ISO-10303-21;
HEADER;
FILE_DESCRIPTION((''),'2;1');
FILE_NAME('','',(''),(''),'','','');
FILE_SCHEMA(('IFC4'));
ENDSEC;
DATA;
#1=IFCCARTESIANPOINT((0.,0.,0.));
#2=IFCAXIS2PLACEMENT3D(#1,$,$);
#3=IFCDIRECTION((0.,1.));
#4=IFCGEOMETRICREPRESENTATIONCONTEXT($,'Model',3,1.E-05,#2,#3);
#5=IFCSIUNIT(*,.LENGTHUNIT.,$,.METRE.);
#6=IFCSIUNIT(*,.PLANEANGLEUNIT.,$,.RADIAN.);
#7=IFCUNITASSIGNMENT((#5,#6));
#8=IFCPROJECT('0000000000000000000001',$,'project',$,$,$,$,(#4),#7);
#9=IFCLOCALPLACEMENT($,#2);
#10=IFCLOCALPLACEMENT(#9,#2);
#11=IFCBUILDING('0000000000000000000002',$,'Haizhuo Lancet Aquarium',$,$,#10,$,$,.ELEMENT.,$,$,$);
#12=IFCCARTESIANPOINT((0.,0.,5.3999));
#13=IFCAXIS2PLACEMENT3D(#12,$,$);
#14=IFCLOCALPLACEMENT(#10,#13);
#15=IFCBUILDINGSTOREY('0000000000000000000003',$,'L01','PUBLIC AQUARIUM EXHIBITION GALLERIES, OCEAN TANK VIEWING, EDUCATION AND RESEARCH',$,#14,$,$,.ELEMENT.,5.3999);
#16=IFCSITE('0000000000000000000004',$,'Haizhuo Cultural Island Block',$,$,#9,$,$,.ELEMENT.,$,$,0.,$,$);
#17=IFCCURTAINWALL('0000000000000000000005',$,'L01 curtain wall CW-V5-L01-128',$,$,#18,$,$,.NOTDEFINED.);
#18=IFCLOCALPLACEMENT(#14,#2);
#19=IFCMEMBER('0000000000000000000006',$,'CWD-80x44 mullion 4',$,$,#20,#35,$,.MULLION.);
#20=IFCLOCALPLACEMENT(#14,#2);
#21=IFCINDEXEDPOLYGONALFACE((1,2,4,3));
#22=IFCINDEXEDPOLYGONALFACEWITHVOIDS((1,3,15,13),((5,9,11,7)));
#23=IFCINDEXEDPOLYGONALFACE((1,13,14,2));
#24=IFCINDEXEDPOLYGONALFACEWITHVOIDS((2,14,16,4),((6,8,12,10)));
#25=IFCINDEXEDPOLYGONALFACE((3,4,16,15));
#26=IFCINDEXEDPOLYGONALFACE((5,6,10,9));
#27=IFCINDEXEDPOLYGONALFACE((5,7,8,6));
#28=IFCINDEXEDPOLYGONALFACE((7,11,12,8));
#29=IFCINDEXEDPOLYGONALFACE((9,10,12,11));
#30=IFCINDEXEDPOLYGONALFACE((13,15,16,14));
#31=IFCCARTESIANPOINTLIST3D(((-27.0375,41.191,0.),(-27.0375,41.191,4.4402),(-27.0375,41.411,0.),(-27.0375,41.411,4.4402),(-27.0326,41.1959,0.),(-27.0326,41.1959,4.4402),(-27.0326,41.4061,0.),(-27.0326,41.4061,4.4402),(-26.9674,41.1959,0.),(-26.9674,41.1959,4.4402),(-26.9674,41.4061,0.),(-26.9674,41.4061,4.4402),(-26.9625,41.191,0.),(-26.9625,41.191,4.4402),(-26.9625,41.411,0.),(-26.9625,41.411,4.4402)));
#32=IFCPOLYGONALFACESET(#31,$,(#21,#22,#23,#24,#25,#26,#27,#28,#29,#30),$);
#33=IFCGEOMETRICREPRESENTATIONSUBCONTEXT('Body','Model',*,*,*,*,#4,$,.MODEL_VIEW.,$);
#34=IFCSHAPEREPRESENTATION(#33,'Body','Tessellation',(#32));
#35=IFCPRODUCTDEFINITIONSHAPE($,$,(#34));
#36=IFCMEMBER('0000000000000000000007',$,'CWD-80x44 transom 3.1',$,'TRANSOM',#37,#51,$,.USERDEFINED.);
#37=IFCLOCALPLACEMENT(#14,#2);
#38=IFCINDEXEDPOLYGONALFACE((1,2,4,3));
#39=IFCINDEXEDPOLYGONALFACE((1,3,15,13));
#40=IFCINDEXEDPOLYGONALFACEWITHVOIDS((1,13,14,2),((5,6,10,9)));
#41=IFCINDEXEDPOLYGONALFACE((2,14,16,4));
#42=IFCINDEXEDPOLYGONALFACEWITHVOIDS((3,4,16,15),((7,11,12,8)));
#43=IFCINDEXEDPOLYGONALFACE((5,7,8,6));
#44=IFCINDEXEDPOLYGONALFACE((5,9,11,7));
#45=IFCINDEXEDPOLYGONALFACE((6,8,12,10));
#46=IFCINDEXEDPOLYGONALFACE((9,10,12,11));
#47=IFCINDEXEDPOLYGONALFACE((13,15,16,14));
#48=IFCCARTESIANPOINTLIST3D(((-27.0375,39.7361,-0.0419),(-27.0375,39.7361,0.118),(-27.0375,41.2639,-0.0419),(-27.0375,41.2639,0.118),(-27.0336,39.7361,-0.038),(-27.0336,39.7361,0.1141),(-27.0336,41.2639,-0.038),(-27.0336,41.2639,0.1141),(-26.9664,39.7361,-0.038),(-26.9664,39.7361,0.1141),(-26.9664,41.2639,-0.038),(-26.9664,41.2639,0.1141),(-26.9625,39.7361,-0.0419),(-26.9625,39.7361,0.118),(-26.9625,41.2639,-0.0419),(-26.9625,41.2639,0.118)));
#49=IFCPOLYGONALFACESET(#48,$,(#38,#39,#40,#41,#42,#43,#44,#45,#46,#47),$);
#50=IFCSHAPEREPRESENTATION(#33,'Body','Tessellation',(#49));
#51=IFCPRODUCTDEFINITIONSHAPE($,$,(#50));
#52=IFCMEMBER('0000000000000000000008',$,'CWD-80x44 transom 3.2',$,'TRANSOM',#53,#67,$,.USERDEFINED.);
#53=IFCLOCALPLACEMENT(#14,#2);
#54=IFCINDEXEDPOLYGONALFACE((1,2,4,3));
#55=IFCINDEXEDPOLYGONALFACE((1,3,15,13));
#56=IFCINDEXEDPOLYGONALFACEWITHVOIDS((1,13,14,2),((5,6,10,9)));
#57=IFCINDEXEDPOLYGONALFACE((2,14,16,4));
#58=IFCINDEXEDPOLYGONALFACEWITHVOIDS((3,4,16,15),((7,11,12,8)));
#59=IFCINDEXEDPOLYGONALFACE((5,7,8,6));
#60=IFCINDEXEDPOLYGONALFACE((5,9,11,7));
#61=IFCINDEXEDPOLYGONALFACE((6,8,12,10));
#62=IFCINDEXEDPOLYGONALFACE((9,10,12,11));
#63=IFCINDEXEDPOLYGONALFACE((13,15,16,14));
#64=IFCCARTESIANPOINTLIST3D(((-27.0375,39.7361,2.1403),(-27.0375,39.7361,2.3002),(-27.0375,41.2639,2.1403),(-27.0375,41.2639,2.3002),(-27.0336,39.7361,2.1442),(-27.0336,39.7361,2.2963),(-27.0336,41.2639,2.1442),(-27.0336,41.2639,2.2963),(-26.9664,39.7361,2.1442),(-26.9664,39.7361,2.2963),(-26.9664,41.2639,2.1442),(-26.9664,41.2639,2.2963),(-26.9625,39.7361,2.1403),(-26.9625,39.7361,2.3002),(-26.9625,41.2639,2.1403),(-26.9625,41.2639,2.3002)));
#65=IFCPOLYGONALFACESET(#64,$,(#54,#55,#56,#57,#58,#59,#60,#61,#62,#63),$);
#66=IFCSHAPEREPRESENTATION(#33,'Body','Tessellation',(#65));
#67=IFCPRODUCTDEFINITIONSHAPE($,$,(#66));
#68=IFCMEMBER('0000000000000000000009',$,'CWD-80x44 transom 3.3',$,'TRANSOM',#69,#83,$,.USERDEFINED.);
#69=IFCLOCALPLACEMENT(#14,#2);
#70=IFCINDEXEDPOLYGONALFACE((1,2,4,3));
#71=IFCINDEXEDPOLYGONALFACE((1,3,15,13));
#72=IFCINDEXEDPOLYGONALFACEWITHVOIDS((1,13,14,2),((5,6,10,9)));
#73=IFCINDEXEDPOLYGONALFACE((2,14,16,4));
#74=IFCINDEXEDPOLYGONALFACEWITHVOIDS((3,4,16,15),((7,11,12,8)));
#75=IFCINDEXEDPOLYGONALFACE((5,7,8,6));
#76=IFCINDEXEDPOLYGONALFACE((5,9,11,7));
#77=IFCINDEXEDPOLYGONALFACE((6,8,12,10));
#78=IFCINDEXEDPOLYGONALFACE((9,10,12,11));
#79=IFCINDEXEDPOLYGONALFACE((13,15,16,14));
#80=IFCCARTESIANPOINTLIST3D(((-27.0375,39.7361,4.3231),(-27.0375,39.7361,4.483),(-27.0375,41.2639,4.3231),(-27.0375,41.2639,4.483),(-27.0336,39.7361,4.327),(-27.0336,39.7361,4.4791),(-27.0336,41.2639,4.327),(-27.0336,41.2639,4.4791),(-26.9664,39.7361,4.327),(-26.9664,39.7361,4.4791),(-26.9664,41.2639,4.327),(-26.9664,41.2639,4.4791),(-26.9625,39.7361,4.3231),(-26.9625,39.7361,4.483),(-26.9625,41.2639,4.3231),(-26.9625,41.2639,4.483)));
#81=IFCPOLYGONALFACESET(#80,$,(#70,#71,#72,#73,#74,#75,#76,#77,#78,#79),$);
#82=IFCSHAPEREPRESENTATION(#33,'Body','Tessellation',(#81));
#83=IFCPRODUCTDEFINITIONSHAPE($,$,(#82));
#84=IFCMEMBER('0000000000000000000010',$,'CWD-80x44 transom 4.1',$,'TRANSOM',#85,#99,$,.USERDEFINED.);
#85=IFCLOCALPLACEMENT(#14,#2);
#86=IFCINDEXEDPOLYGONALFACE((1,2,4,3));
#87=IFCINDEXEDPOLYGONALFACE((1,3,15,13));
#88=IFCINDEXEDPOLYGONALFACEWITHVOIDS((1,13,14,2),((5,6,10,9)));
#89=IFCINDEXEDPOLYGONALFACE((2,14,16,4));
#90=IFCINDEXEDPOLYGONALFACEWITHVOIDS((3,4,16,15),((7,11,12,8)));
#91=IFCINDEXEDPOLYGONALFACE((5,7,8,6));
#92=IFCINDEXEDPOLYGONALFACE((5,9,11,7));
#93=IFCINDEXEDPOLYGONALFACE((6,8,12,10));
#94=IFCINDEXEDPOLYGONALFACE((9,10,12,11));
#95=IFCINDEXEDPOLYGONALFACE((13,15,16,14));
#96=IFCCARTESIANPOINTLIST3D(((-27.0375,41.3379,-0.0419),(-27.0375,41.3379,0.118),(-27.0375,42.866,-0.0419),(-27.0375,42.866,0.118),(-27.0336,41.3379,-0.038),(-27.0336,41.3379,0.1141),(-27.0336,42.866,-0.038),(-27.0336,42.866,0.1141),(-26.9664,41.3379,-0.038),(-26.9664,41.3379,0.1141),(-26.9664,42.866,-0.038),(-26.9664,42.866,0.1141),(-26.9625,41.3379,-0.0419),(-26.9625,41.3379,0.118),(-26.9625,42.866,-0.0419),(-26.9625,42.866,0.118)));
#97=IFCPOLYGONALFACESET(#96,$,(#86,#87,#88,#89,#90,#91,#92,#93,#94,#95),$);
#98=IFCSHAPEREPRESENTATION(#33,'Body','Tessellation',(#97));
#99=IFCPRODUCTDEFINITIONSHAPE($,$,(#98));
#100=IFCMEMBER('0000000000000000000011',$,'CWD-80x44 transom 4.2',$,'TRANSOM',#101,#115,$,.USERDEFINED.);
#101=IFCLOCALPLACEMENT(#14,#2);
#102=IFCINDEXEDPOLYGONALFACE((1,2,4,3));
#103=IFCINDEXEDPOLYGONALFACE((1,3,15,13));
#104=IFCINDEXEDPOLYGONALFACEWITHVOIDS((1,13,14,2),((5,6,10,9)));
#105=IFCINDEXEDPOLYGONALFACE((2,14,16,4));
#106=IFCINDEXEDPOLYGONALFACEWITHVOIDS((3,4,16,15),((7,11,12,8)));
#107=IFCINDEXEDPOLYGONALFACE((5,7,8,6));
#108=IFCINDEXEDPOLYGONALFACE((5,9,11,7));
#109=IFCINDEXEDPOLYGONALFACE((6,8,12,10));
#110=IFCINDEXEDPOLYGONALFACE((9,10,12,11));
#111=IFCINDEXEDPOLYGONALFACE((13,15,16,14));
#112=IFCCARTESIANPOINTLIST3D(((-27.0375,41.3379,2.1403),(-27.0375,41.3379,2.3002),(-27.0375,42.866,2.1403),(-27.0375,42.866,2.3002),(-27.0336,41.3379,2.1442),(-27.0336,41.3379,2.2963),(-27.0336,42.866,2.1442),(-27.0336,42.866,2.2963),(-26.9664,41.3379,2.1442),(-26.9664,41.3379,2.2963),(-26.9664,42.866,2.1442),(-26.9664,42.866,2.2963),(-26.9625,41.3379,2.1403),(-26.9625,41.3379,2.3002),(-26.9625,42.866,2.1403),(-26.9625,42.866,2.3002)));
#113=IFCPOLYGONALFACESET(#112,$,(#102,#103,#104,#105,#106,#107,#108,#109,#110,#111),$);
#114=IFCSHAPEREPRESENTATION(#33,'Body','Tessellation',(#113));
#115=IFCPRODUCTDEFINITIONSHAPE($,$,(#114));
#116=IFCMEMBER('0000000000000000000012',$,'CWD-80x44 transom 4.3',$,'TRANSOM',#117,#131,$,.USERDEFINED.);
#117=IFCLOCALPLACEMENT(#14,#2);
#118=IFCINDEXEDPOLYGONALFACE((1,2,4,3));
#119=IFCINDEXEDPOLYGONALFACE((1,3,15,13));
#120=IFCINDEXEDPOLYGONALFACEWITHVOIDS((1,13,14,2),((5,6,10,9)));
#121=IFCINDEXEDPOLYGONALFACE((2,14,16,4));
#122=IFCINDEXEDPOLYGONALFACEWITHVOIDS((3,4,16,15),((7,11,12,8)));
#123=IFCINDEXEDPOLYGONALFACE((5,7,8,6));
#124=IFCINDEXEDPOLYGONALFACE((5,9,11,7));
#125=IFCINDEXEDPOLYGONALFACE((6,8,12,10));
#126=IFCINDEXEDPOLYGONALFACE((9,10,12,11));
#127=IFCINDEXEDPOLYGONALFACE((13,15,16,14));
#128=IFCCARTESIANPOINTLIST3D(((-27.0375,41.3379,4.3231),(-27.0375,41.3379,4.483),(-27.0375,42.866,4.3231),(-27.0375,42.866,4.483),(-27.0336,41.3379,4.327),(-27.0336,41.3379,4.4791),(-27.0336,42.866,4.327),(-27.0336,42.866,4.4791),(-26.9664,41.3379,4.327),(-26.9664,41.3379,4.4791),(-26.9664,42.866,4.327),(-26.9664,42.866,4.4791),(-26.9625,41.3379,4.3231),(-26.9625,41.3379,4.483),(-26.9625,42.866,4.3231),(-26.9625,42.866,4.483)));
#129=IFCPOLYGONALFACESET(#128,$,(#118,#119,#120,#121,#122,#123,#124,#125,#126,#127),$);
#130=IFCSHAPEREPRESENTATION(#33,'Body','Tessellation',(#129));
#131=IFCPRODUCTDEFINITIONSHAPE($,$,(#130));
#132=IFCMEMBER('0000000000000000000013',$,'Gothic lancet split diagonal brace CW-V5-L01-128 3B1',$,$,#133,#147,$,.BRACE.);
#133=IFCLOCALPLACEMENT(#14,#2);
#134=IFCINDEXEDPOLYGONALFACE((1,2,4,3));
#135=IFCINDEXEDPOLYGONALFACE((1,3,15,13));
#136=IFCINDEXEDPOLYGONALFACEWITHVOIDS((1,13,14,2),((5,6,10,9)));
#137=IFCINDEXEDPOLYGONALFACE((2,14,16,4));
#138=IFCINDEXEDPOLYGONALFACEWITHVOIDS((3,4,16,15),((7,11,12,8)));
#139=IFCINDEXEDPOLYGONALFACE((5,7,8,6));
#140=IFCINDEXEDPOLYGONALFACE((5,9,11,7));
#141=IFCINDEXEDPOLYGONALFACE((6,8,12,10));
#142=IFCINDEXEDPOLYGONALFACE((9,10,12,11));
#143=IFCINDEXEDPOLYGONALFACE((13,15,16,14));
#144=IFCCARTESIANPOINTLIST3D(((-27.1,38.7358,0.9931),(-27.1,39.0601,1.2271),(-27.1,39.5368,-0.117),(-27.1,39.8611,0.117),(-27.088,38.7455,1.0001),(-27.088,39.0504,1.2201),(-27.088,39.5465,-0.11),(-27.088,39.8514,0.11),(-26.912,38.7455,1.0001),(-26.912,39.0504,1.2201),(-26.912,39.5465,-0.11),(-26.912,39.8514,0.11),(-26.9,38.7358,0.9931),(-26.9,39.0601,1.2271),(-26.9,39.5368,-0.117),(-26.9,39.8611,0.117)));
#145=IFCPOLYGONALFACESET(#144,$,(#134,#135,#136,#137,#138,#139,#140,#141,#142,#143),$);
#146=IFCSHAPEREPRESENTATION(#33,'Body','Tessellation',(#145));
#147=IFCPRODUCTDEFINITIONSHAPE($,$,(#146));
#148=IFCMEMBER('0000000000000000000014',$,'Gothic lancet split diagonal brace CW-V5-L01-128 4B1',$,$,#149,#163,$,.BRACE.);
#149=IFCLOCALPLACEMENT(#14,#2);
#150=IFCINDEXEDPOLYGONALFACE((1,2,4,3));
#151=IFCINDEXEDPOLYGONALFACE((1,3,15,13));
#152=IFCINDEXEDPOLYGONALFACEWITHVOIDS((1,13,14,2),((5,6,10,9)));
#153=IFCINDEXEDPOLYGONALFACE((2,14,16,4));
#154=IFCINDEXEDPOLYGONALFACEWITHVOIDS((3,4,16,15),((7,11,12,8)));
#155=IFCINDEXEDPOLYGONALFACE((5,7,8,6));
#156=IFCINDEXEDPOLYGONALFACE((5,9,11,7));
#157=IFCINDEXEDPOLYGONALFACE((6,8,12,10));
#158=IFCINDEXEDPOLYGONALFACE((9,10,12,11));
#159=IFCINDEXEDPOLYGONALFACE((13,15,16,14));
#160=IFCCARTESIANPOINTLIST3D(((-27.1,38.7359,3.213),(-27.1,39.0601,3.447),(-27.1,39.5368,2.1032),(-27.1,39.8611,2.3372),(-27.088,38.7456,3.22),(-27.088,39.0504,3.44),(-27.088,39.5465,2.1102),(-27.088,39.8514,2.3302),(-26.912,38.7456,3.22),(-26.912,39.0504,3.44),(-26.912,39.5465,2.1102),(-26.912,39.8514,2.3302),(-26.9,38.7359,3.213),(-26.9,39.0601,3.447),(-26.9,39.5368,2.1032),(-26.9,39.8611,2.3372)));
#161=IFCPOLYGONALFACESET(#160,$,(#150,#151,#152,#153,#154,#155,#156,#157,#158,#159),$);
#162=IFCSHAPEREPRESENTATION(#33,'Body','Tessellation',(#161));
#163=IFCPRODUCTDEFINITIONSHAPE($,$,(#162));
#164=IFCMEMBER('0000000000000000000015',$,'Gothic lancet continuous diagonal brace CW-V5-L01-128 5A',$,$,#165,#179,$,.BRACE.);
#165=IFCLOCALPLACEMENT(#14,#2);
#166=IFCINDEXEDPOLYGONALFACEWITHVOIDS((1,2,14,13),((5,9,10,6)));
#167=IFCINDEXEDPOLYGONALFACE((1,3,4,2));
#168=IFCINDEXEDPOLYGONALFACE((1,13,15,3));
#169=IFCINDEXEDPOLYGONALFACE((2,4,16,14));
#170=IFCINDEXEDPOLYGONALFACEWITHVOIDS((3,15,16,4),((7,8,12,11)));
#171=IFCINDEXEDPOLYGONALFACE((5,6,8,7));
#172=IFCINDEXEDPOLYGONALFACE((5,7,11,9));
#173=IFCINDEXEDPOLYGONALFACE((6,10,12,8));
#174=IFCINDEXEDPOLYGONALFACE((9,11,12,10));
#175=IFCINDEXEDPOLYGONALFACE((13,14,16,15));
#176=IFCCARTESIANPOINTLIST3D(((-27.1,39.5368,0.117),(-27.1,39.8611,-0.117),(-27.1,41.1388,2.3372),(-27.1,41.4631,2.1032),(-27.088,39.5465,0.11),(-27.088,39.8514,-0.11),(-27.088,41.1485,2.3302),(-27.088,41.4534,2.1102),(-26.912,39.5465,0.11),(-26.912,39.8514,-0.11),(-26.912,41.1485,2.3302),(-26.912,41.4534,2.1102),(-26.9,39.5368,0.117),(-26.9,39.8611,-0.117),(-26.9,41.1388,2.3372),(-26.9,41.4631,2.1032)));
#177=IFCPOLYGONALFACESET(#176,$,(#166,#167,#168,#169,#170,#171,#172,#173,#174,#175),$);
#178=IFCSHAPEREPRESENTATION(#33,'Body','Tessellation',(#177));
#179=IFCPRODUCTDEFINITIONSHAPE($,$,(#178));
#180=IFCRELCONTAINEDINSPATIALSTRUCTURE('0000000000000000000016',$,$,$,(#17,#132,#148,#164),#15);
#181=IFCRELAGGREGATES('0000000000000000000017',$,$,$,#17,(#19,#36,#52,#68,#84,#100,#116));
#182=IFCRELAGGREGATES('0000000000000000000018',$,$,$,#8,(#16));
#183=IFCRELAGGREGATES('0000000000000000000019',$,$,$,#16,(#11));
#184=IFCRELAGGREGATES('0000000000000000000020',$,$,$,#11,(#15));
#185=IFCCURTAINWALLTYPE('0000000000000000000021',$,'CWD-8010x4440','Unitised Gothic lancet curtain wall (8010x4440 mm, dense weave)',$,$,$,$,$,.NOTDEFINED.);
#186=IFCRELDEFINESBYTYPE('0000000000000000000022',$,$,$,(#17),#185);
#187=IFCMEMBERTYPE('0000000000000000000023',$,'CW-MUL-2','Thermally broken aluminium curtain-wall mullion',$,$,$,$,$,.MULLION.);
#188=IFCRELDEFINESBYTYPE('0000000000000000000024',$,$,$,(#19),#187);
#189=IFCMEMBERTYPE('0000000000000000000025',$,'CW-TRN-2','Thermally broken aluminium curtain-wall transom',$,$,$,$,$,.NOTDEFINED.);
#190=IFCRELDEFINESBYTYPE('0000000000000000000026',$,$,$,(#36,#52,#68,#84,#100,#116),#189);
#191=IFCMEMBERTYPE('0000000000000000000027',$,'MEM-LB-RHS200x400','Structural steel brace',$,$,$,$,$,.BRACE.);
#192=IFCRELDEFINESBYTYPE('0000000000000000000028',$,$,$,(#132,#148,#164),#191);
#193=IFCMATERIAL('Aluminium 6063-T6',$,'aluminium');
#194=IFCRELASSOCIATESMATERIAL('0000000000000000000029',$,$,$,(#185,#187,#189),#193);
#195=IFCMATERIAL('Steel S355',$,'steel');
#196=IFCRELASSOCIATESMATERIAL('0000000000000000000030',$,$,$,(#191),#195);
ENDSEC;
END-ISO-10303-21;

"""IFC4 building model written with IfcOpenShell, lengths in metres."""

from ifc_helpers import new_model, si_unit, direction, frame, origin, origin_2d, place, context, subcontext, project, spatial, hollow_rectangle, extrude, material, material_profile, profile_set, type_object, element, aggregate, save


model = new_model("IFC4")

# Units and contexts
model_context = context("Model", 3, precision=1e-05, world=origin(), true_north=direction((0.0, 1.0)))
body_context = subcontext(model_context, "Body", "Model", "MODEL_VIEW")
ifc_project = project(units=[si_unit("LENGTHUNIT", "METRE"), si_unit("PLANEANGLEUNIT", "RADIAN")], contexts=[model_context])

# Site, building, storey
site_placement = place(None, origin())
site = spatial("IfcSite", under=ifc_project, at=site_placement, Name="Haizhuo Cultural Island Block", CompositionType="ELEMENT", RefElevation=0.0)
building_placement = place(site_placement, origin())
building = spatial("IfcBuilding", under=site, at=building_placement, Name="Haizhuo Lancet Aquarium", CompositionType="ELEMENT")
storey_placement = place(building_placement, frame((0.0, 0.0, 5.3999)))
storey = spatial("IfcBuildingStorey", under=building, at=storey_placement, Name="L01", Description="PUBLIC AQUARIUM EXHIBITION GALLERIES, OCEAN TANK VIEWING, EDUCATION AND RESEARCH", CompositionType="ELEMENT", Elevation=5.3999)

# Curtain wall, members
ifc_material_1 = material(Name="Aluminium 6063-T6", Category="aluminium")
curtain_wall_type = type_object("IfcCurtainWallType", Name="CWD-8010x4440", Description="Unitised Gothic lancet curtain wall (8010x4440 mm, dense weave)", PredefinedType="NOTDEFINED", material=ifc_material_1)
curtain_wall_placement = place(storey_placement, origin())
curtain_wall = element("IfcCurtainWall", 1, at=curtain_wall_placement, inside=storey, type_object=curtain_wall_type, Name="L01 curtain wall CW-V5-L01-128", PredefinedType="NOTDEFINED")
ifc_material_profile_1 = material_profile(ifc_material_1, hollow_rectangle(XDim=0.075, YDim=0.22, WallThickness=0.0049, at=origin_2d()), Name="ALU-M 75x220x5")
ifc_profile_set_1 = profile_set([ifc_material_profile_1], Name="Aluminium 6063-T6")
member_type_1 = type_object("IfcMemberType", Name="CW-MUL-2", Description="Thermally broken aluminium curtain-wall mullion", PredefinedType="MULLION", material=ifc_profile_set_1)
member_1_placement = place(storey_placement, frame((-27.0, 41.301, 0.0), z_axis=(0.0, 0.0, 1.0), x_axis=(-1.0, 0.0, 0.0)))
member_1 = element("IfcMember", 2, at=member_1_placement, type_object=member_type_1, Name="CWD-80x44 mullion 4", PredefinedType="MULLION", context=body_context, shape_type="SweptSolid", body=[
    extrude(hollow_rectangle(XDim=0.075, YDim=0.22, WallThickness=0.0049, at=origin_2d()), origin(), (0.0, 0.0, 1.0), 4.4402),
])
ifc_material_profile_2 = material_profile(ifc_material_1, hollow_rectangle(XDim=0.075, YDim=0.1599, WallThickness=0.0039, at=origin_2d()), Name="ALU-T 75x160x4")
ifc_profile_set_2 = profile_set([ifc_material_profile_2], Name="Aluminium 6063-T6")
member_type_2 = type_object("IfcMemberType", Name="CW-TRN-2", Description="Thermally broken aluminium curtain-wall transom", PredefinedType="NOTDEFINED", material=ifc_profile_set_2)
member_2_placement = place(storey_placement, frame((-27.0, 39.7361, 0.0381), z_axis=(0.0, 1.0, 0.0), x_axis=(-1.0, 0.0, 0.0)))
member_2 = element("IfcMember", 3, at=member_2_placement, type_object=member_type_2, Name="CWD-80x44 transom 3.1", ObjectType="TRANSOM", PredefinedType="USERDEFINED", context=body_context, shape_type="SweptSolid", body=[
    extrude(hollow_rectangle(XDim=0.075, YDim=0.1599, WallThickness=0.0039, at=origin_2d()), origin(), (0.0, 0.0, 1.0), 1.5278),
])
member_3_placement = place(storey_placement, frame((-27.0, 39.7361, 2.2202), z_axis=(0.0, 1.0, 0.0), x_axis=(-1.0, 0.0, 0.0)))
member_3 = element("IfcMember", 4, at=member_3_placement, type_object=member_type_2, Name="CWD-80x44 transom 3.2", ObjectType="TRANSOM", PredefinedType="USERDEFINED", context=body_context, shape_type="SweptSolid", body=[
    extrude(hollow_rectangle(XDim=0.075, YDim=0.1599, WallThickness=0.0039, at=origin_2d()), origin(), (0.0, 0.0, 1.0), 1.5278),
])
member_4_placement = place(storey_placement, frame((-27.0, 39.7361, 4.4031), z_axis=(0.0, 1.0, 0.0), x_axis=(-1.0, 0.0, 0.0)))
member_4 = element("IfcMember", 5, at=member_4_placement, type_object=member_type_2, Name="CWD-80x44 transom 3.3", ObjectType="TRANSOM", PredefinedType="USERDEFINED", context=body_context, shape_type="SweptSolid", body=[
    extrude(hollow_rectangle(XDim=0.075, YDim=0.1599, WallThickness=0.0039, at=origin_2d()), origin(), (0.0, 0.0, 1.0), 1.5278),
])
member_5_placement = place(storey_placement, frame((-27.0, 41.3379, 0.0381), z_axis=(0.0, 1.0, 0.0), x_axis=(-1.0, 0.0, 0.0)))
member_5 = element("IfcMember", 6, at=member_5_placement, type_object=member_type_2, Name="CWD-80x44 transom 4.1", ObjectType="TRANSOM", PredefinedType="USERDEFINED", context=body_context, shape_type="SweptSolid", body=[
    extrude(hollow_rectangle(XDim=0.075, YDim=0.1599, WallThickness=0.0039, at=origin_2d()), origin(), (0.0, 0.0, 1.0), 1.5281),
])
member_6_placement = place(storey_placement, frame((-27.0, 41.3379, 2.2202), z_axis=(0.0, 1.0, 0.0), x_axis=(-1.0, 0.0, 0.0)))
member_6 = element("IfcMember", 7, at=member_6_placement, type_object=member_type_2, Name="CWD-80x44 transom 4.2", ObjectType="TRANSOM", PredefinedType="USERDEFINED", context=body_context, shape_type="SweptSolid", body=[
    extrude(hollow_rectangle(XDim=0.075, YDim=0.1599, WallThickness=0.0039, at=origin_2d()), origin(), (0.0, 0.0, 1.0), 1.5281),
])
member_7_placement = place(storey_placement, frame((-27.0, 41.3379, 4.4031), z_axis=(0.0, 1.0, 0.0), x_axis=(-1.0, 0.0, 0.0)))
member_7 = element("IfcMember", 8, at=member_7_placement, type_object=member_type_2, Name="CWD-80x44 transom 4.3", ObjectType="TRANSOM", PredefinedType="USERDEFINED", context=body_context, shape_type="SweptSolid", body=[
    extrude(hollow_rectangle(XDim=0.075, YDim=0.1599, WallThickness=0.0039, at=origin_2d()), origin(), (0.0, 0.0, 1.0), 1.5281),
])

# Members
ifc_material_2 = material(Name="Steel S355", Category="steel")
ifc_material_profile_3 = material_profile(ifc_material_2, hollow_rectangle(XDim=0.2, YDim=0.3999, WallThickness=0.012, at=origin_2d()), Name="RHS 200x400x12")
ifc_profile_set_3 = profile_set([ifc_material_profile_3], Name="Steel S355")
member_type_3 = type_object("IfcMemberType", Name="MEM-LB-RHS200x400", Description="Structural steel brace", PredefinedType="BRACE", material=ifc_profile_set_3)
member_8_placement = place(storey_placement, frame((-27.0, 39.699, 0.0), z_axis=(0.0, -0.585145, 0.810928), x_axis=(1.0, 0.0, 0.0)))
element("IfcMember", 9, at=member_8_placement, inside=storey, type_object=member_type_3, Name="Gothic lancet split diagonal brace CW-V5-L01-128 3B1", PredefinedType="BRACE", context=body_context, shape_type="SweptSolid", body=[
    extrude(hollow_rectangle(XDim=0.2, YDim=0.3999, WallThickness=0.012, at=origin_2d()), origin(), (0.0, 0.0, 1.0), 1.3689),
])
member_9_placement = place(storey_placement, frame((-27.0, 39.699, 2.2202), z_axis=(0.0, -0.58523, 0.810867), x_axis=(1.0, 0.0, 0.0)))
element("IfcMember", 10, at=member_9_placement, inside=storey, type_object=member_type_3, Name="Gothic lancet split diagonal brace CW-V5-L01-128 4B1", PredefinedType="BRACE", context=body_context, shape_type="SweptSolid", body=[
    extrude(hollow_rectangle(XDim=0.2, YDim=0.3999, WallThickness=0.012, at=origin_2d()), origin(), (0.0, 0.0, 1.0), 1.3687),
])
member_10_placement = place(storey_placement, frame((-27.0, 39.699, 0.0), z_axis=(0.0, 0.585145, 0.810928), x_axis=(-1.0, 0.0, 0.0)))
element("IfcMember", 11, at=member_10_placement, inside=storey, type_object=member_type_3, Name="Gothic lancet continuous diagonal brace CW-V5-L01-128 5A", PredefinedType="BRACE", context=body_context, shape_type="SweptSolid", body=[
    extrude(hollow_rectangle(XDim=0.2, YDim=0.3999, WallThickness=0.012, at=origin_2d()), origin(), (0.0, 0.0, 1.0), 2.7378),
])

aggregate(curtain_wall, [member_1, member_2, member_3, member_4, member_5, member_6, member_7])

save(model, "model.ifc")
